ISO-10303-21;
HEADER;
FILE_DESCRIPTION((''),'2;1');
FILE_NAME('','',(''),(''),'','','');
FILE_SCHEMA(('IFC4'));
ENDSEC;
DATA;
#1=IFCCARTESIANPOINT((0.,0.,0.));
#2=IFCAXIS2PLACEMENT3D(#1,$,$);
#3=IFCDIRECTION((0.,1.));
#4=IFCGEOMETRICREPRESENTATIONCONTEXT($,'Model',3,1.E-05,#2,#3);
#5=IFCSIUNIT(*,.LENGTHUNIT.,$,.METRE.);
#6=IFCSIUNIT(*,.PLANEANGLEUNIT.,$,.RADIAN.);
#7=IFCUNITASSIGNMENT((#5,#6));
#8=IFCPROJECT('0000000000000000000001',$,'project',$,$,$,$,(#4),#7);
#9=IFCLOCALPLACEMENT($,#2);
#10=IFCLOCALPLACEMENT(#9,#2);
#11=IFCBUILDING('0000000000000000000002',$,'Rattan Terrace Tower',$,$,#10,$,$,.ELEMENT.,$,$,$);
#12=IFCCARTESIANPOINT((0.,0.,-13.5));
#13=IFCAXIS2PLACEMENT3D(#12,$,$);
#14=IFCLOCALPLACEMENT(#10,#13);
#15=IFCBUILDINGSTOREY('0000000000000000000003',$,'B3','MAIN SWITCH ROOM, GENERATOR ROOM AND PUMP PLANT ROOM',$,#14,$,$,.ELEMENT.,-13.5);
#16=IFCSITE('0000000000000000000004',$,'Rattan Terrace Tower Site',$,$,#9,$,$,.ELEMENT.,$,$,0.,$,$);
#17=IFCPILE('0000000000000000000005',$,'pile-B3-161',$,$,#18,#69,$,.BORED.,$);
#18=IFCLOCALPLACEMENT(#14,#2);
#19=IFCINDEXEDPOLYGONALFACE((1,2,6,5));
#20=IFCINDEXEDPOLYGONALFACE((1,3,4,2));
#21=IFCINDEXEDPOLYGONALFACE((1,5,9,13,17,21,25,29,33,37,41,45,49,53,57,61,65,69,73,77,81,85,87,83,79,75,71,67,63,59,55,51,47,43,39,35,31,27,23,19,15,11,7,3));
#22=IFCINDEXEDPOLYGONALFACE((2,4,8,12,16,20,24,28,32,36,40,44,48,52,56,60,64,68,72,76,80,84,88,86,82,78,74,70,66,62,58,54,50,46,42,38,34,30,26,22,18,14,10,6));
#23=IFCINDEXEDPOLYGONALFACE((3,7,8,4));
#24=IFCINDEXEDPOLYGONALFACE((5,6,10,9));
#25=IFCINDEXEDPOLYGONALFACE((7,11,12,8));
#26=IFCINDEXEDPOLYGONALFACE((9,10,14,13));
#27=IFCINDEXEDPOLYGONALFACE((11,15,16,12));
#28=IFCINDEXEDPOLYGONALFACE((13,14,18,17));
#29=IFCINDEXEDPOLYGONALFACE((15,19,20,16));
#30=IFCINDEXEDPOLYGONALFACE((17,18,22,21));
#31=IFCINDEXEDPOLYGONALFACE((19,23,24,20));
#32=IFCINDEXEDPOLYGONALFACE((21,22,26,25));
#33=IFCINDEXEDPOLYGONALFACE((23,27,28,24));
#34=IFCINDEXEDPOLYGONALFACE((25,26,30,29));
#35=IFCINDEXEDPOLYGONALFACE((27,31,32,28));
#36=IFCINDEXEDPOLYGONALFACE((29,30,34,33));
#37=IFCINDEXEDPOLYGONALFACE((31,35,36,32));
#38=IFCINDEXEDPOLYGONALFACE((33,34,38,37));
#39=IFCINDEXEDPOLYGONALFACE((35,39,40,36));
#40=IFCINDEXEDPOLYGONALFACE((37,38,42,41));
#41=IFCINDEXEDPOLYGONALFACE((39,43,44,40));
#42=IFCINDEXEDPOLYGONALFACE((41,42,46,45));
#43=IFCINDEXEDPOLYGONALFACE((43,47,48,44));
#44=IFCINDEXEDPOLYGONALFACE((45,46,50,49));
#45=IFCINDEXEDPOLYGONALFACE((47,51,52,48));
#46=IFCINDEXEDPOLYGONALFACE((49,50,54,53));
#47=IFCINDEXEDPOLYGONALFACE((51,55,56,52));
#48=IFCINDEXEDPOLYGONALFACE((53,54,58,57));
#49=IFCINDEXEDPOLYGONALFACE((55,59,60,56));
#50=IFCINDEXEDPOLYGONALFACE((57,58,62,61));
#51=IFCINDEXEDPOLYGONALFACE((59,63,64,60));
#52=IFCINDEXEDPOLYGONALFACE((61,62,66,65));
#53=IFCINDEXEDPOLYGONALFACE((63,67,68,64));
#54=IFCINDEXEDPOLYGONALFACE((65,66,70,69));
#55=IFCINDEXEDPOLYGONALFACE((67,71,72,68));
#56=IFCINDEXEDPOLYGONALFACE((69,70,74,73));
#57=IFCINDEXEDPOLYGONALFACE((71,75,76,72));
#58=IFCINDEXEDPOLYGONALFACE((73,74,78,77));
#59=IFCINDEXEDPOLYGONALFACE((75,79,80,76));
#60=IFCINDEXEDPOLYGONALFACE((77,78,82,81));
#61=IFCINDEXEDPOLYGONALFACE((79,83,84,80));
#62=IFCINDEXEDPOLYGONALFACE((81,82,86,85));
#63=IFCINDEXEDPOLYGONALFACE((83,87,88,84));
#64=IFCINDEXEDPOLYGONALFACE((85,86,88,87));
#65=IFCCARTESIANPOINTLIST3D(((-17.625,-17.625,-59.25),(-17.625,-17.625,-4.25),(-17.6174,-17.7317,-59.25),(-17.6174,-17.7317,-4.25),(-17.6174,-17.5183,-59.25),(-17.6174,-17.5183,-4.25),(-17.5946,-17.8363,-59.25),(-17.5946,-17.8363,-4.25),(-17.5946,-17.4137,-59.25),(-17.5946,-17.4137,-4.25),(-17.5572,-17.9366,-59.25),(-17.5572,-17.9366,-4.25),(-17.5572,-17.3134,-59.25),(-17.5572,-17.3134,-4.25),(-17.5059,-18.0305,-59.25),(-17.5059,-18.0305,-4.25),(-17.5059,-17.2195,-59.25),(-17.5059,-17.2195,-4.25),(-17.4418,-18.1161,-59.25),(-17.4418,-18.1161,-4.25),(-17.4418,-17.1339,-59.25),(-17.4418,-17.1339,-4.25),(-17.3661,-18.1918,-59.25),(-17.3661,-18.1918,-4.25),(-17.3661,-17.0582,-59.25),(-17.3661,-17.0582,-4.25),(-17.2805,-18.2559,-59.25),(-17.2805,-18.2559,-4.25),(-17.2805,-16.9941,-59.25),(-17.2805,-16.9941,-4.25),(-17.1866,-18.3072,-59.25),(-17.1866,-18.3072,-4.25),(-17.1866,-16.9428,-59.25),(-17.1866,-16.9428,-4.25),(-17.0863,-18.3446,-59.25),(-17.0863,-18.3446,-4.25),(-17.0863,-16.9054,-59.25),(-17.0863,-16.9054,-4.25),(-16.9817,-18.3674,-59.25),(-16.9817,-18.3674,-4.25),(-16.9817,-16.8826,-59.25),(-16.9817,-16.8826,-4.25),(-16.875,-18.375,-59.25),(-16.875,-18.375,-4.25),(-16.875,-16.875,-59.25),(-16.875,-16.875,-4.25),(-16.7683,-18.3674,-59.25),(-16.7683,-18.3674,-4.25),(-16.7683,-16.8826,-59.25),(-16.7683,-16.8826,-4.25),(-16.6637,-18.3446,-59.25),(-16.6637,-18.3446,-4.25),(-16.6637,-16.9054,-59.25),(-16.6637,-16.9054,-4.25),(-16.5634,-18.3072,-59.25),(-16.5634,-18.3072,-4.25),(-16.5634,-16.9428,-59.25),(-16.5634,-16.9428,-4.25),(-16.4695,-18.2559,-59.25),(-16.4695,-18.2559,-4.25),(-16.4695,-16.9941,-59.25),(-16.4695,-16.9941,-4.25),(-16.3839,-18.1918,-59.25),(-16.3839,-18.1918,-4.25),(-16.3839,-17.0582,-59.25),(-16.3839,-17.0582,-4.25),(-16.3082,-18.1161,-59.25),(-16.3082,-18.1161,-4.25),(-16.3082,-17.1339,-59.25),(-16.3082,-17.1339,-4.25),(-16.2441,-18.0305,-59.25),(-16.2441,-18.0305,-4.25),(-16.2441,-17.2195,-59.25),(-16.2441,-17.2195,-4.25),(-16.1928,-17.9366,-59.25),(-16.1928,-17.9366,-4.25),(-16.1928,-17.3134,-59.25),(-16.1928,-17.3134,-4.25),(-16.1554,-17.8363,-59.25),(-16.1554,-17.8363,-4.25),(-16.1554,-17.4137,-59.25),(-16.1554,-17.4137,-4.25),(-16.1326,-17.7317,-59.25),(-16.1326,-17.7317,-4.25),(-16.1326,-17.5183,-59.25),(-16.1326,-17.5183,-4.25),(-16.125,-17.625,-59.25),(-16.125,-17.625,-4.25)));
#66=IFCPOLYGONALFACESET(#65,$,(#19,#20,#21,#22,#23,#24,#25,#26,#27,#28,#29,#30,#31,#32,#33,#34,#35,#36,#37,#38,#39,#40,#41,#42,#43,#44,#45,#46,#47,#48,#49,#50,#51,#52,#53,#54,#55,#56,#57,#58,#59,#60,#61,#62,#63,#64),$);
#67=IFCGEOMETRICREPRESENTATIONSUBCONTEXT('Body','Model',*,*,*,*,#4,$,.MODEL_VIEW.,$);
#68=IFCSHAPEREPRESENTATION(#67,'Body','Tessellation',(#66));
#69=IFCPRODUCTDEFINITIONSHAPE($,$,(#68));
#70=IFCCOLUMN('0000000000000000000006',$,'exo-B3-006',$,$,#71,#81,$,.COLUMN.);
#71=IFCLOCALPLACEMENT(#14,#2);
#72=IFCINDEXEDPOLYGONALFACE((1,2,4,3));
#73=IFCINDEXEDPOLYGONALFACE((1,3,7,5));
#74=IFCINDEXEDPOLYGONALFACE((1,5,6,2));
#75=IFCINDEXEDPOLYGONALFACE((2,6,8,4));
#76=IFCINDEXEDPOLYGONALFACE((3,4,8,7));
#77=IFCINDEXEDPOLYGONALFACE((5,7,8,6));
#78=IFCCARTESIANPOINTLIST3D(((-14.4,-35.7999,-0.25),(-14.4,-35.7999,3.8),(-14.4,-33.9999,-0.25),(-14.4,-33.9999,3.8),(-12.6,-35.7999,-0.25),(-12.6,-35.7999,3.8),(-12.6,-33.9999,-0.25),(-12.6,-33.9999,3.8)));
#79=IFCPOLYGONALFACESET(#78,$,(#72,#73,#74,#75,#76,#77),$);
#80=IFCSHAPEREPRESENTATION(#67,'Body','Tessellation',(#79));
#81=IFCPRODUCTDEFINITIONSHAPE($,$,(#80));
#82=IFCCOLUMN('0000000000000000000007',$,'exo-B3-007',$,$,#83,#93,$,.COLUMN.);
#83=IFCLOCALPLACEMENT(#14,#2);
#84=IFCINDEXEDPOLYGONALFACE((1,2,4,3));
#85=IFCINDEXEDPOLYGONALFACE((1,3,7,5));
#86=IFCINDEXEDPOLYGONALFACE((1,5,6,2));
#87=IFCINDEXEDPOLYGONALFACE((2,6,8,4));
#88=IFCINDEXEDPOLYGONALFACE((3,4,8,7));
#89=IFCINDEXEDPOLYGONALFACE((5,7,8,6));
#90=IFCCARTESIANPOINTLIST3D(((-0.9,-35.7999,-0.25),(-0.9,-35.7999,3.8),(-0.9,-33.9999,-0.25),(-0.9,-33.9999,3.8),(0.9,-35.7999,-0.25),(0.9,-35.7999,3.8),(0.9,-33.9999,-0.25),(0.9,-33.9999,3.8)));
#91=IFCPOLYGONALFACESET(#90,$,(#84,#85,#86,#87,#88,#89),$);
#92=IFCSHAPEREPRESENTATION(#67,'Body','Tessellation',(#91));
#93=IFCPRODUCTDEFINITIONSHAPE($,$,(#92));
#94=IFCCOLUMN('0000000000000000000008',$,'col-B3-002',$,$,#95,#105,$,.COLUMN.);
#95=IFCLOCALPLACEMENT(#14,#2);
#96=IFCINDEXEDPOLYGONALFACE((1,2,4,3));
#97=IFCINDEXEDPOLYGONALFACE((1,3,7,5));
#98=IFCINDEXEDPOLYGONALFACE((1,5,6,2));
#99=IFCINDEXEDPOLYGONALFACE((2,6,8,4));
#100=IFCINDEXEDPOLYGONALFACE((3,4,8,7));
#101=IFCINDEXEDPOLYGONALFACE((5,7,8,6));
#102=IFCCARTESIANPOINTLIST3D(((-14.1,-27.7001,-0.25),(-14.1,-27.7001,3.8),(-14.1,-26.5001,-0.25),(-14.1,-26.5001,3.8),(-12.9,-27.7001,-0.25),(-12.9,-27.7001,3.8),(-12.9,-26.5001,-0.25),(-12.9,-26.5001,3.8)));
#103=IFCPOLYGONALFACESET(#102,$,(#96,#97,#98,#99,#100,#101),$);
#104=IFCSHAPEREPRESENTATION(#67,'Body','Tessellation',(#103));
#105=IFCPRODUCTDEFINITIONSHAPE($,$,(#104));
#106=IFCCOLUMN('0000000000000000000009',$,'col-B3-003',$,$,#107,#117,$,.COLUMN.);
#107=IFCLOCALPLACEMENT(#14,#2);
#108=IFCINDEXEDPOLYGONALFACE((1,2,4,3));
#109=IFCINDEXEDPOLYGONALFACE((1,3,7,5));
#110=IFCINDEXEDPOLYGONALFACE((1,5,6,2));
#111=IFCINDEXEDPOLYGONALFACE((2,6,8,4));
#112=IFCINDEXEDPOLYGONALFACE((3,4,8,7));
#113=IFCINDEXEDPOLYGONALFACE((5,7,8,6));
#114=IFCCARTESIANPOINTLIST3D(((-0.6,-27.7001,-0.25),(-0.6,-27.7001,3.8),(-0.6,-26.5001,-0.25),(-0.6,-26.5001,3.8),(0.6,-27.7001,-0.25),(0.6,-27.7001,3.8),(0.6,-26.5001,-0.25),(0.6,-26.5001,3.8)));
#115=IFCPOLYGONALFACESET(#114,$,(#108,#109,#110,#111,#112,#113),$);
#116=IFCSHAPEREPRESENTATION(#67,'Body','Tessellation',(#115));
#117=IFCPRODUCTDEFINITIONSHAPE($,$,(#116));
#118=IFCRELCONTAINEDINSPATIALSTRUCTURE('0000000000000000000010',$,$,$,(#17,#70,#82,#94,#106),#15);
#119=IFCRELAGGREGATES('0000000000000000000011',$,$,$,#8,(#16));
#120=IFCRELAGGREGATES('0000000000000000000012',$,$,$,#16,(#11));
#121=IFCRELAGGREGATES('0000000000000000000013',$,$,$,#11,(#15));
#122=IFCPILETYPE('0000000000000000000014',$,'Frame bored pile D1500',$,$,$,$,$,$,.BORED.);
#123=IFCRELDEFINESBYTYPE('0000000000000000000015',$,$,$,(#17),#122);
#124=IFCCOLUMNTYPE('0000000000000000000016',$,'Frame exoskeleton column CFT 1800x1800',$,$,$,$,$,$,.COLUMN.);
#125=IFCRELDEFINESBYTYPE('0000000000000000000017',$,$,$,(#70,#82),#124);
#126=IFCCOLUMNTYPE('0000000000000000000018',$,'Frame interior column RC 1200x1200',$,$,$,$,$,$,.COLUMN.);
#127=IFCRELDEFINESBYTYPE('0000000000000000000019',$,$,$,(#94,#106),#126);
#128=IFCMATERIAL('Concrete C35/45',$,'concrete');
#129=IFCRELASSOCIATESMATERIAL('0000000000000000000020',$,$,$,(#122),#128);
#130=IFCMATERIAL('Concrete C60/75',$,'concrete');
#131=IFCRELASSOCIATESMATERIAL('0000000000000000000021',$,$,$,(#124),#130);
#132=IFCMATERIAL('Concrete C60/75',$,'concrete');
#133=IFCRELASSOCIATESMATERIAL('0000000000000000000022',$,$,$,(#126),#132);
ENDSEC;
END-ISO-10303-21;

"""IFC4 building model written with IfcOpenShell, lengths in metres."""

from ifc_helpers import new_model, si_unit, direction, frame, origin, origin_2d, place, context, subcontext, project, spatial, rectangle, circle, extrude, material, material_profile, profile_set, type_object, element, save


model = new_model("IFC4")

# Units and contexts
model_context = context("Model", 3, precision=1e-05, world=origin(), true_north=direction((0.0, 1.0)))
body_context = subcontext(model_context, "Body", "Model", "MODEL_VIEW")
ifc_project = project(units=[si_unit("LENGTHUNIT", "METRE"), si_unit("PLANEANGLEUNIT", "RADIAN")], contexts=[model_context])

# Site, building, storey
site_placement = place(None, origin())
site = spatial("IfcSite", under=ifc_project, at=site_placement, Name="Rattan Terrace Tower Site", CompositionType="ELEMENT", RefElevation=0.0)
building_placement = place(site_placement, origin())
building = spatial("IfcBuilding", under=site, at=building_placement, Name="Rattan Terrace Tower", CompositionType="ELEMENT")
storey_placement = place(building_placement, frame((0.0, 0.0, -13.5)))
storey = spatial("IfcBuildingStorey", under=building, at=storey_placement, Name="B3", Description="MAIN SWITCH ROOM, GENERATOR ROOM AND PUMP PLANT ROOM", CompositionType="ELEMENT", Elevation=-13.5)

# Pile
ifc_material_1 = material(Name="Concrete C35/45", Category="concrete")
ifc_material_profile_1 = material_profile(ifc_material_1, circle(Radius=0.75, at=origin_2d()), Name="PILE D1500")
ifc_profile_set_1 = profile_set([ifc_material_profile_1], Name="Concrete C35/45")
pile_type = type_object("IfcPileType", Name="Frame bored pile D1500", PredefinedType="BORED", material=ifc_profile_set_1)
for number, where, z_axis, x_axis, name in (
    (1, (-16.875, -17.625, -4.25), (0.0, 0.0, -1.0), (1.0, 0.0, 0.0), "pile-B3-161"),
):
    element("IfcPile", number, at=place(storey_placement, frame(where, z_axis=z_axis, x_axis=x_axis)), inside=storey, type_object=pile_type, Name=name, PredefinedType="BORED", context=body_context, shape_type="SweptSolid", body=[
        extrude(circle(Radius=0.75, at=origin_2d()), origin(), (0.0, 0.0, 1.0), 55.0),
    ])

# Columns
ifc_material_2 = material(Name="Concrete C60/75", Category="concrete")
ifc_material_profile_2 = material_profile(ifc_material_2, rectangle(XDim=1.8, YDim=1.8, at=origin_2d()), Name="CFT 1800x1800")
ifc_profile_set_2 = profile_set([ifc_material_profile_2], Name="Concrete C60/75")
column_type_1 = type_object("IfcColumnType", Name="Frame exoskeleton column CFT 1800x1800", PredefinedType="COLUMN", material=ifc_profile_set_2)
for number, where, z_axis, x_axis, name in (
    (2, (-13.5, -34.8999, -0.25), (0.0, 0.0, 1.0), (1.0, 0.0, 0.0), "exo-B3-006"),
    (3, (0.0, -34.8999, -0.25), (0.0, 0.0, 1.0), (1.0, 0.0, 0.0), "exo-B3-007"),
):
    element("IfcColumn", number, at=place(storey_placement, frame(where, z_axis=z_axis, x_axis=x_axis)), inside=storey, type_object=column_type_1, Name=name, PredefinedType="COLUMN", context=body_context, shape_type="SweptSolid", body=[
        extrude(rectangle(XDim=1.8, YDim=1.8, at=origin_2d()), origin(), (0.0, 0.0, 1.0), 4.05),
    ])
ifc_material_3 = material(Name="Concrete C60/75", Category="concrete")
ifc_material_profile_3 = material_profile(ifc_material_3, rectangle(XDim=1.2, YDim=1.2, at=origin_2d()), Name="RC 1200x1200")
ifc_profile_set_3 = profile_set([ifc_material_profile_3], Name="Concrete C60/75")
column_type_2 = type_object("IfcColumnType", Name="Frame interior column RC 1200x1200", PredefinedType="COLUMN", material=ifc_profile_set_3)
for number, where, z_axis, x_axis, name in (
    (4, (-13.5, -27.1001, -0.25), (0.0, 0.0, 1.0), (1.0, 0.0, 0.0), "col-B3-002"),
    (5, (0.0, -27.1001, -0.25), (0.0, 0.0, 1.0), (1.0, 0.0, 0.0), "col-B3-003"),
):
    element("IfcColumn", number, at=place(storey_placement, frame(where, z_axis=z_axis, x_axis=x_axis)), inside=storey, type_object=column_type_2, Name=name, PredefinedType="COLUMN", context=body_context, shape_type="SweptSolid", body=[
        extrude(rectangle(XDim=1.2, YDim=1.2, at=origin_2d()), origin(), (0.0, 0.0, 1.0), 4.05),
    ])

save(model, "model.ifc")
